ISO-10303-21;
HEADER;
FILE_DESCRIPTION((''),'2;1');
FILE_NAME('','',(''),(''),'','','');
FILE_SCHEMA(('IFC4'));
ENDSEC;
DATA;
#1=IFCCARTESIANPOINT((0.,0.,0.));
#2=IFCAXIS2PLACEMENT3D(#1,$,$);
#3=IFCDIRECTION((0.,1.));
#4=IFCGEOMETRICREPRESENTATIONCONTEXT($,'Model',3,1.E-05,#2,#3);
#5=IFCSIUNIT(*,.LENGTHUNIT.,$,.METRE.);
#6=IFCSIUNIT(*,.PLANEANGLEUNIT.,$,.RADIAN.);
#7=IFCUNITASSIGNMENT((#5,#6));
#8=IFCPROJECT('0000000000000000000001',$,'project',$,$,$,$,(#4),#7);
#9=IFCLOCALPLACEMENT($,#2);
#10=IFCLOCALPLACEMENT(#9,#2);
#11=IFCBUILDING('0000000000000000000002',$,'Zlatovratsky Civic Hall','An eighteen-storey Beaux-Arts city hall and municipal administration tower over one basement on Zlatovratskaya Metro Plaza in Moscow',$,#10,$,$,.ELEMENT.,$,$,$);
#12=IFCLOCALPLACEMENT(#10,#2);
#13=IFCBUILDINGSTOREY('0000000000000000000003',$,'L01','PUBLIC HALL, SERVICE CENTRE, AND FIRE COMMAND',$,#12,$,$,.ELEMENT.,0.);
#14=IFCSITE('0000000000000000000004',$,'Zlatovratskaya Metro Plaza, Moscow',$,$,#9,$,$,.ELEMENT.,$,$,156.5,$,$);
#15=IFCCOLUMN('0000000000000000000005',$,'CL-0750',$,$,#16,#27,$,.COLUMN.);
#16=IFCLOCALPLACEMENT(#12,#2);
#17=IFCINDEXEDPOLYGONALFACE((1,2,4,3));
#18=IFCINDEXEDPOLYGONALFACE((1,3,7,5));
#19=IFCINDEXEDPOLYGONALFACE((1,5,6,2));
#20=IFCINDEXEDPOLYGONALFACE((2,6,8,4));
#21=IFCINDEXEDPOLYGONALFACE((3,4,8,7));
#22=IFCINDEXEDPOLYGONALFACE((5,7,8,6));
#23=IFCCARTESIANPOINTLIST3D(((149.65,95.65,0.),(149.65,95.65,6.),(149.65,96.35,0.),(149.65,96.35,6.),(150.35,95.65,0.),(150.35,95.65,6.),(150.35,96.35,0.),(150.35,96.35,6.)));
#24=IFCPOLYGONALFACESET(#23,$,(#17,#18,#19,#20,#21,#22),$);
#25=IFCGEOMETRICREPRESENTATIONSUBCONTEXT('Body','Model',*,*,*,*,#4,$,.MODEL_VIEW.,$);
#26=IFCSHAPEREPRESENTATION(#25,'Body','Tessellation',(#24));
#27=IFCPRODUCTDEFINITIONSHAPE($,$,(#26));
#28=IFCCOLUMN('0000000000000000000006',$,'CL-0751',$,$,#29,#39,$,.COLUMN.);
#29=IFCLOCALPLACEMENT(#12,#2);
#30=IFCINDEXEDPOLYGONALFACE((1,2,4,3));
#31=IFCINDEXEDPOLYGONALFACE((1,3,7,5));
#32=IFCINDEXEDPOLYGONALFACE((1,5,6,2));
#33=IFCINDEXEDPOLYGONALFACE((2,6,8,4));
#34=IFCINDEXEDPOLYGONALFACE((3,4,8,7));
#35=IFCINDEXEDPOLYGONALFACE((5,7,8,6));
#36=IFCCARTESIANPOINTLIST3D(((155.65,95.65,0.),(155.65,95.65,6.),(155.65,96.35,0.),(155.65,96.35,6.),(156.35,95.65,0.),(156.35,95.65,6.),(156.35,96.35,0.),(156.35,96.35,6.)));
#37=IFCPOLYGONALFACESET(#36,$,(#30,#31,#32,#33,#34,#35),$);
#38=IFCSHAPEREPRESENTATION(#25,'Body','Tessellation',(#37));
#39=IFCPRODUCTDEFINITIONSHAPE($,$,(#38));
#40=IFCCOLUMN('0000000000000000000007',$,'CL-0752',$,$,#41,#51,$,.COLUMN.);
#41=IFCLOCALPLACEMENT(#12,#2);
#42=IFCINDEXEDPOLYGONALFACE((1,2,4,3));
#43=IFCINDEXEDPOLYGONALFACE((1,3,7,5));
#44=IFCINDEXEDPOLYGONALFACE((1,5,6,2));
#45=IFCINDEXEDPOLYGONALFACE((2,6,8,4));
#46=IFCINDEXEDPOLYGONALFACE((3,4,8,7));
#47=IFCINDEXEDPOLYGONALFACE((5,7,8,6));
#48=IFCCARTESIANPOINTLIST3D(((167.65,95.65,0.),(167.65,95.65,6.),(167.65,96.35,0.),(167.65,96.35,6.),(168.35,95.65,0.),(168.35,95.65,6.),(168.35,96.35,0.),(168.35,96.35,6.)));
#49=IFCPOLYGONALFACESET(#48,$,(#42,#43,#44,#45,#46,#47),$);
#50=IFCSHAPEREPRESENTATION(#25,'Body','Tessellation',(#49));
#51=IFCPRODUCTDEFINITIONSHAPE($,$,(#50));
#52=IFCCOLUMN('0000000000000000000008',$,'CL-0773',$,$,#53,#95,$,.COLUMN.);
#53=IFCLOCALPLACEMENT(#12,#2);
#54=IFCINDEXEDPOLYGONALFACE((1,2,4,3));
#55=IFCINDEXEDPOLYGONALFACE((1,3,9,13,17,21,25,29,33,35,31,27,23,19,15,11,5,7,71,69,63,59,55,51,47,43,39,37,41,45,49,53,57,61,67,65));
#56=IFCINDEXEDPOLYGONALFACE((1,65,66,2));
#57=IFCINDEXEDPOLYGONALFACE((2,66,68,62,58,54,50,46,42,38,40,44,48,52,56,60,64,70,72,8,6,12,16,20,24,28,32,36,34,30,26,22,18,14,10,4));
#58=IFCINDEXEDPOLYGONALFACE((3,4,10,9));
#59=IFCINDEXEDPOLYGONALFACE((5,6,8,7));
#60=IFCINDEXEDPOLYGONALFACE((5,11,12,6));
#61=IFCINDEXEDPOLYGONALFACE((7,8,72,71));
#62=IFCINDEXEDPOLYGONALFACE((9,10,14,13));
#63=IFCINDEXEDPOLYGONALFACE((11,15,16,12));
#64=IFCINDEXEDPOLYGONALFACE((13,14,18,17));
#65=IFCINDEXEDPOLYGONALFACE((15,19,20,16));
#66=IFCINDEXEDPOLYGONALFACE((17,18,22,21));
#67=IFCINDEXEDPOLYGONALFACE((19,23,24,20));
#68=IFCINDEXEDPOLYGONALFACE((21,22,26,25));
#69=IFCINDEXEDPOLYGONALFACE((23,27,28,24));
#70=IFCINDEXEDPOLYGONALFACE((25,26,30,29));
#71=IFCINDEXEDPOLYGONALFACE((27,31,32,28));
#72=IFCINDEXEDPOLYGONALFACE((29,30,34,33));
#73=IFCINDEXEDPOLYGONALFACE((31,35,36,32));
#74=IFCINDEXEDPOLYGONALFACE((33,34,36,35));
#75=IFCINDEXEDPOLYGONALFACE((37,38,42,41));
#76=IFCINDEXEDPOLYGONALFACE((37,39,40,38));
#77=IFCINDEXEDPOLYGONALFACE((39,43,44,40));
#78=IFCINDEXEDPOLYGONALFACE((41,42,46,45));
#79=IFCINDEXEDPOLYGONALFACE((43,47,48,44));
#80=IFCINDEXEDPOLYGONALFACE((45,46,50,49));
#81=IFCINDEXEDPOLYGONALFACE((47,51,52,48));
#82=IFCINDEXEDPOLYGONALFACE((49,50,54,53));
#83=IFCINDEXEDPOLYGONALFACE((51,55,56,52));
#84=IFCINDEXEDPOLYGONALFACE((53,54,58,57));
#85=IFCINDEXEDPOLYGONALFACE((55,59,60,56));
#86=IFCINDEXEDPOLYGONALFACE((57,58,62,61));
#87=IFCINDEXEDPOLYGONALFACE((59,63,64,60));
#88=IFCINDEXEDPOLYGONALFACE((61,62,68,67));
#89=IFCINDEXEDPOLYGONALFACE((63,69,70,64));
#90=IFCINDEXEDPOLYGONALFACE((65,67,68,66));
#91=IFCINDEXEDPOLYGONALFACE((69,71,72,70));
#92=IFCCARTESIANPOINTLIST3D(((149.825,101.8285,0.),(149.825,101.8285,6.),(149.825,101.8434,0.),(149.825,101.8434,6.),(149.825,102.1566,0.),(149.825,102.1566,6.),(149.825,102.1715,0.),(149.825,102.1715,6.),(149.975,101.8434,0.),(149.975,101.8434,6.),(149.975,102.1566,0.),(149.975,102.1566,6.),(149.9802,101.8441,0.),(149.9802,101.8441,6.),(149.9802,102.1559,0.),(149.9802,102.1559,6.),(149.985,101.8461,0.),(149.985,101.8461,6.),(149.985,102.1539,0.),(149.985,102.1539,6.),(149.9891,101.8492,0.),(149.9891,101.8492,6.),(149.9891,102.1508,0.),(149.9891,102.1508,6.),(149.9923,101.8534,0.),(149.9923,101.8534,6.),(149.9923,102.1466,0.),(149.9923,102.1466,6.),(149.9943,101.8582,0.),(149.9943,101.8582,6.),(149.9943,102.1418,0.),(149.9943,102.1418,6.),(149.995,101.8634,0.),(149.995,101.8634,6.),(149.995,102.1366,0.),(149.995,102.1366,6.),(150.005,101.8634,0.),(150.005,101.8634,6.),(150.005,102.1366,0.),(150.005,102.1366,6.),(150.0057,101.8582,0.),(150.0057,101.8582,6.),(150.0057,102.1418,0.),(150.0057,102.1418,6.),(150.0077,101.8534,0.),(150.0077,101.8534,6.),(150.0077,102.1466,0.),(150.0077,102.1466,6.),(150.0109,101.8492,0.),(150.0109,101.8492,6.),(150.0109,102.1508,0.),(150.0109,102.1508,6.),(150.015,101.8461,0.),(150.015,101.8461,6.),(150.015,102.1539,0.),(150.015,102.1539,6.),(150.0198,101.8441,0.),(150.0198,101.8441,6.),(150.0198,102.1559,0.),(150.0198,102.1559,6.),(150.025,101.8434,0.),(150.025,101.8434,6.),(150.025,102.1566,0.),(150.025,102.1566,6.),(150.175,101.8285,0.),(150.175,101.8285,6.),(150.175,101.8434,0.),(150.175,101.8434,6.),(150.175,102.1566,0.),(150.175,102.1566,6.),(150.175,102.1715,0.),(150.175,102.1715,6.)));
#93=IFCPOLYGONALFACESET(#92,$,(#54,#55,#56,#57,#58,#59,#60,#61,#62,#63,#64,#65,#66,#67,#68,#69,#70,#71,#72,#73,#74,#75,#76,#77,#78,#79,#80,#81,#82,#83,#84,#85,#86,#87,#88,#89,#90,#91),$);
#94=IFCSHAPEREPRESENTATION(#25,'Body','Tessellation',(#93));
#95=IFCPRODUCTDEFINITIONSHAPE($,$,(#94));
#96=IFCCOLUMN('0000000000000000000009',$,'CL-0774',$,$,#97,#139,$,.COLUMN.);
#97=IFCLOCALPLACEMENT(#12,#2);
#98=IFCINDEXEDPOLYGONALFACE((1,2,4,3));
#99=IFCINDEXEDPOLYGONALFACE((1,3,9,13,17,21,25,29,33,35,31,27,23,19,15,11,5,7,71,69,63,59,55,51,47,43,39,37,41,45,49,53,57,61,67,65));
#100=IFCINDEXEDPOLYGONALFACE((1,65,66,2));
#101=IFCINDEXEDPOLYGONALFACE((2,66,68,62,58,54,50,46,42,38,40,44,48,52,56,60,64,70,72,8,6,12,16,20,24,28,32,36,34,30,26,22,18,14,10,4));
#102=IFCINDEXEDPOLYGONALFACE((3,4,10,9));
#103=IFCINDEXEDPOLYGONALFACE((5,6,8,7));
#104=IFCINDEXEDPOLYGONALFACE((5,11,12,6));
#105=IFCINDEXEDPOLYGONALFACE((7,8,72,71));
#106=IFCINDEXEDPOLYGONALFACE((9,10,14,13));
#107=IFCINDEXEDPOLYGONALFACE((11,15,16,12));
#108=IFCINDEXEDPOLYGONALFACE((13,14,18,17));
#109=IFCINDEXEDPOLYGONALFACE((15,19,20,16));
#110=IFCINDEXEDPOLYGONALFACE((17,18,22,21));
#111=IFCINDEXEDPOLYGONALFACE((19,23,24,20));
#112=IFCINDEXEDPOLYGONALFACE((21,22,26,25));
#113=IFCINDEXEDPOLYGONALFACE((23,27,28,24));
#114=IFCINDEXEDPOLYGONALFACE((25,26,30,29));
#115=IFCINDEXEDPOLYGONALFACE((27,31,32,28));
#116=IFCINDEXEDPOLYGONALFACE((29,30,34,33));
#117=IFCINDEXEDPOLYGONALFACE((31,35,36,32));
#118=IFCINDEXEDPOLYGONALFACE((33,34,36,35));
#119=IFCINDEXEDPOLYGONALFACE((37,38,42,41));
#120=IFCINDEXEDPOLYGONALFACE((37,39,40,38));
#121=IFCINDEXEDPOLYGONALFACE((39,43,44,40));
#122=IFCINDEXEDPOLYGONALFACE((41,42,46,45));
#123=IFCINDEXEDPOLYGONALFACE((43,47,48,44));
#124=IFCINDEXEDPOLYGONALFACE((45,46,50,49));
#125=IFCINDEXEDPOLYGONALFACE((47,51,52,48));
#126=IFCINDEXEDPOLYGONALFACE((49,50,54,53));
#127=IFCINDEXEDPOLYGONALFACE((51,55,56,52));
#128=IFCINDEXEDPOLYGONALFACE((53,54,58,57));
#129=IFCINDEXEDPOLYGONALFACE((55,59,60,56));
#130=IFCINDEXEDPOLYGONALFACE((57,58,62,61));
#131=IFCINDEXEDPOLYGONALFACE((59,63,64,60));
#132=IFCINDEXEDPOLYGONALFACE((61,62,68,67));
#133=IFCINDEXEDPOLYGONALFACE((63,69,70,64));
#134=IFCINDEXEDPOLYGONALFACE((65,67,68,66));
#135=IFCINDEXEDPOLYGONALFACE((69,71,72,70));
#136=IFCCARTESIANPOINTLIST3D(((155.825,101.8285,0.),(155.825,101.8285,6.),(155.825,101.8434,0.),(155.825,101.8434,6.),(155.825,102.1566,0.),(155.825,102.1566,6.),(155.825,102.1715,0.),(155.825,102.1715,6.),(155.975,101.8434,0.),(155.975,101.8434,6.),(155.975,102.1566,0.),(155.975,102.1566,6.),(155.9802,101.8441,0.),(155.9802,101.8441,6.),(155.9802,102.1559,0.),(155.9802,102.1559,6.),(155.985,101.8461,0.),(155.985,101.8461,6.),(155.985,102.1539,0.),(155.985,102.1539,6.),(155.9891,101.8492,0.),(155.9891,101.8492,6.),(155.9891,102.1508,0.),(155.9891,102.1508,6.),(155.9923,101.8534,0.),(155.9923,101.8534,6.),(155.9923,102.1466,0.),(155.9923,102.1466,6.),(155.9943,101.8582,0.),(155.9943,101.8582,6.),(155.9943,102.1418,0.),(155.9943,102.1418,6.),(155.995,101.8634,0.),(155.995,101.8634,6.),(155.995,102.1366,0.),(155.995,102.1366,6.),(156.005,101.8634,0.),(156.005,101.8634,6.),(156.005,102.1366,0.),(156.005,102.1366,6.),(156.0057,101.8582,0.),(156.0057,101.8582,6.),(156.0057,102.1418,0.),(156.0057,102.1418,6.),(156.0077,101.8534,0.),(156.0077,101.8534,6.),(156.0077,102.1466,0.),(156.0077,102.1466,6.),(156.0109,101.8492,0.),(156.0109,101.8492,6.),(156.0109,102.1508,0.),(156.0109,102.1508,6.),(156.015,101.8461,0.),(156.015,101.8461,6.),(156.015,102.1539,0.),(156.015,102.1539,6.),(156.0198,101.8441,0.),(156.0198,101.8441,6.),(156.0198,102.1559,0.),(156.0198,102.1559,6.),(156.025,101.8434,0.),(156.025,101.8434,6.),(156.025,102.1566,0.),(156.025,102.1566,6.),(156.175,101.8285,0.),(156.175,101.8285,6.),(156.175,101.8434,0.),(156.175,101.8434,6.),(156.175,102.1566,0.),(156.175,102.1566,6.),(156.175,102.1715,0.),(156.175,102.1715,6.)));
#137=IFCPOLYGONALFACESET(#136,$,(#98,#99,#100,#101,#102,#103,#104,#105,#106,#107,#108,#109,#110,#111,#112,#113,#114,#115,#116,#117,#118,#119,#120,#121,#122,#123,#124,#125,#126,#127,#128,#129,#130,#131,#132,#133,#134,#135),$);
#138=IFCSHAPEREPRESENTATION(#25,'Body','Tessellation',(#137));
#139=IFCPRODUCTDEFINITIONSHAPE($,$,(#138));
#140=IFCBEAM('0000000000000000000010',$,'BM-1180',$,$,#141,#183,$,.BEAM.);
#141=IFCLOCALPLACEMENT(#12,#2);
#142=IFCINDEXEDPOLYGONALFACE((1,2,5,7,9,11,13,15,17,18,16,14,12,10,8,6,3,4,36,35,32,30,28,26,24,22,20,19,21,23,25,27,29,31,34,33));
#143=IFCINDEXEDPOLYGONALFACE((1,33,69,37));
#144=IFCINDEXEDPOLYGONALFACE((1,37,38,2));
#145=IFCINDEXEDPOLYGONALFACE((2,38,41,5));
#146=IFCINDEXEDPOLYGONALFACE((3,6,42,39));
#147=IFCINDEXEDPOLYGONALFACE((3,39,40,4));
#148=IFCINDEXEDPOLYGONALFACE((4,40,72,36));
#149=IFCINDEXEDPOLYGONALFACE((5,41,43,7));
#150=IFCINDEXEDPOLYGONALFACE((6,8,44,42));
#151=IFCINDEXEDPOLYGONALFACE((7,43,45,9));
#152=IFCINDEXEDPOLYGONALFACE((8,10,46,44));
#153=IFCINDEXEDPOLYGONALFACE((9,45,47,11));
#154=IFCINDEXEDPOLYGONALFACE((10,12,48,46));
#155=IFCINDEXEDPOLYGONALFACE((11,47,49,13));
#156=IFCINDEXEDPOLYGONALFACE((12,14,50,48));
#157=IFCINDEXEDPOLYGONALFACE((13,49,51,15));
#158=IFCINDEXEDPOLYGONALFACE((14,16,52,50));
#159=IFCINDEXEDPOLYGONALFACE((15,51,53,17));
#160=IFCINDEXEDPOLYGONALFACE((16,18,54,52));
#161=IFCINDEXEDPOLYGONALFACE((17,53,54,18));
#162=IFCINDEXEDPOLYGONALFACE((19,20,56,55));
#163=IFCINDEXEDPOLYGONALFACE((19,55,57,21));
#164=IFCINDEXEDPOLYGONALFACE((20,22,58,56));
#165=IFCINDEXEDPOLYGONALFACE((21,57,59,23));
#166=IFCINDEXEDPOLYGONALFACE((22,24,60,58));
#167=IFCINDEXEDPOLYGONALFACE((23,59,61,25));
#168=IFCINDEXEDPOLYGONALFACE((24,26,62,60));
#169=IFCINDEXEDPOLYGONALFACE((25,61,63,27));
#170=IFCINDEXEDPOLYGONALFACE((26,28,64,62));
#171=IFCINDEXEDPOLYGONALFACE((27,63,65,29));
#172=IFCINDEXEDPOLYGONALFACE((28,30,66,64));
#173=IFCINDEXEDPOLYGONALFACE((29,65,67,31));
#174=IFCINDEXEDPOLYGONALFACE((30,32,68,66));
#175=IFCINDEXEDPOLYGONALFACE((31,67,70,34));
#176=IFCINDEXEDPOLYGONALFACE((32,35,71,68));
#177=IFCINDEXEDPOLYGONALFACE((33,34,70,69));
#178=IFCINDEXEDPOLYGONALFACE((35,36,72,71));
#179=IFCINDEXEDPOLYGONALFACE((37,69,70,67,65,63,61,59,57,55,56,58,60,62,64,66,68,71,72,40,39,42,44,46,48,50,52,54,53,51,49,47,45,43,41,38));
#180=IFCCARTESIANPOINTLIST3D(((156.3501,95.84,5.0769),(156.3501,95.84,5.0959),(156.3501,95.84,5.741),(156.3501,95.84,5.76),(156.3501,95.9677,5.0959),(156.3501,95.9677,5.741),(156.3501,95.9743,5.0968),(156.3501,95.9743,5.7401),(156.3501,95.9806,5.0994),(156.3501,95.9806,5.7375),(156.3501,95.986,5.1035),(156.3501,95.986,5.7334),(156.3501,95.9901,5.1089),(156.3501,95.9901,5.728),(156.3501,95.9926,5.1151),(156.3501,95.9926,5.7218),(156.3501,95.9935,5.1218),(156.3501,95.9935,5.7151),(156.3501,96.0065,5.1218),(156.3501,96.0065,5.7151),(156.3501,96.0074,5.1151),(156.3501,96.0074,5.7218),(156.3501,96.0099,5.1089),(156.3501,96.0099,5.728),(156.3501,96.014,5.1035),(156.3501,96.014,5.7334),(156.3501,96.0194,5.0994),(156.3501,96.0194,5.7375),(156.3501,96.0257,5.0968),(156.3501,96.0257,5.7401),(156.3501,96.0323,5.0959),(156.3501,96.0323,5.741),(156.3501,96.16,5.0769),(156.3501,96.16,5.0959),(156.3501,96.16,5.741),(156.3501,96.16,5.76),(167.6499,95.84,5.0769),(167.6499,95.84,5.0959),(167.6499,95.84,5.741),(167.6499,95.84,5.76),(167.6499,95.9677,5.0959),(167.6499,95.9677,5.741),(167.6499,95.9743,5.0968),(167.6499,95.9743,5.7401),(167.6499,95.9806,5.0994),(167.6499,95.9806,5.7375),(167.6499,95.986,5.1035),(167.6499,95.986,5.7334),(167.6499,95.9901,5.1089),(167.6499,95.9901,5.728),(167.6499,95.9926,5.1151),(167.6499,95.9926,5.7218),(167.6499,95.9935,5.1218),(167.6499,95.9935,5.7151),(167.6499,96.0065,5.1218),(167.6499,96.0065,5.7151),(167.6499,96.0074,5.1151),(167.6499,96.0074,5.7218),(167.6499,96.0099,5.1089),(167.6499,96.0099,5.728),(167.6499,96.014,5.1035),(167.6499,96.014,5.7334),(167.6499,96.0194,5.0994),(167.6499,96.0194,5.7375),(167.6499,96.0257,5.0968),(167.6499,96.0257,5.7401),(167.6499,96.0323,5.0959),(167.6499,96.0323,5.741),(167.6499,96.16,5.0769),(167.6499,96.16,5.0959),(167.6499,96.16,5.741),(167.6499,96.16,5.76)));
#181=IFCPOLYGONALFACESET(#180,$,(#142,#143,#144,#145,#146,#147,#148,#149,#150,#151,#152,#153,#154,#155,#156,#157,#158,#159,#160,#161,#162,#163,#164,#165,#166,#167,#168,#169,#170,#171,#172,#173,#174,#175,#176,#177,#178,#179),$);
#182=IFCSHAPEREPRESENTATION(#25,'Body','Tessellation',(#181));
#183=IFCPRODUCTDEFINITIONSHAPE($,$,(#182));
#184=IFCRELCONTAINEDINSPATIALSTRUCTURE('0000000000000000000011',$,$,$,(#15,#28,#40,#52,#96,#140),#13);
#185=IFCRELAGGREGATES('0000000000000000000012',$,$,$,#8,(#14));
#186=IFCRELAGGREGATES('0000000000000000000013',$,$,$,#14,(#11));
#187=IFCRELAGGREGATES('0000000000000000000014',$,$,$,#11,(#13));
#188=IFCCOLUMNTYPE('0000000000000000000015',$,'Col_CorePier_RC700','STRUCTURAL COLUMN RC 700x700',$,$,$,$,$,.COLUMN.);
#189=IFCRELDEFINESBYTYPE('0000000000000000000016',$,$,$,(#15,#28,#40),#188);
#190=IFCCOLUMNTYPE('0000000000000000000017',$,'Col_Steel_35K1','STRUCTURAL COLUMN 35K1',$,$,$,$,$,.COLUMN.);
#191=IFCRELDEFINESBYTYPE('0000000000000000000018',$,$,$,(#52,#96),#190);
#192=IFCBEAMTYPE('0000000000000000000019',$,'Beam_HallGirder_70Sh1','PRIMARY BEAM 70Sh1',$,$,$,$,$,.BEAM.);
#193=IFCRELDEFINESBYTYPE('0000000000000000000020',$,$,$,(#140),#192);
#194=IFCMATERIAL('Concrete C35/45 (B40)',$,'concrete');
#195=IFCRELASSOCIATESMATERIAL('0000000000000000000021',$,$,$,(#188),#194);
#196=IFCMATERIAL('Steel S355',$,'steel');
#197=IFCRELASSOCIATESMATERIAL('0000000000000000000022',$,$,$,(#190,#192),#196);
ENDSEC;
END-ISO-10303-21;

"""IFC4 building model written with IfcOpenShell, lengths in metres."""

from ifc_helpers import new_model, si_unit, direction, frame, origin, origin_2d, place, context, subcontext, project, spatial, rectangle, i_section, extrude, material, material_profile, profile_set, type_object, element, save


model = new_model("IFC4")

# Units and contexts
model_context = context("Model", 3, precision=1e-05, world=origin(), true_north=direction((0.0, 1.0)))
body_context = subcontext(model_context, "Body", "Model", "MODEL_VIEW")
ifc_project = project(units=[si_unit("LENGTHUNIT", "METRE"), si_unit("PLANEANGLEUNIT", "RADIAN")], contexts=[model_context])

# Site, building, storey
site_placement = place(None, origin())
site = spatial("IfcSite", under=ifc_project, at=site_placement, Name="Zlatovratskaya Metro Plaza, Moscow", CompositionType="ELEMENT", RefElevation=156.5)
building_placement = place(site_placement, origin())
building = spatial("IfcBuilding", under=site, at=building_placement, Name="Zlatovratsky Civic Hall", Description="An eighteen-storey Beaux-Arts city hall and municipal administration tower over one basement on Zlatovratskaya Metro Plaza in Moscow", CompositionType="ELEMENT")
storey_placement = place(building_placement, origin())
storey = spatial("IfcBuildingStorey", under=building, at=storey_placement, Name="L01", Description="PUBLIC HALL, SERVICE CENTRE, AND FIRE COMMAND", CompositionType="ELEMENT", Elevation=0.0)

# Columns
ifc_material_1 = material(Name="Concrete C35/45 (B40)", Category="concrete")
ifc_material_profile_1 = material_profile(ifc_material_1, rectangle(XDim=0.7, YDim=0.7, at=origin_2d()), Name="RC 700x700")
ifc_profile_set_1 = profile_set([ifc_material_profile_1], Name="Concrete C35/45 (B40)")
column_type_1 = type_object("IfcColumnType", Name="Col_CorePier_RC700", Description="STRUCTURAL COLUMN RC 700x700", PredefinedType="COLUMN", material=ifc_profile_set_1)
for number, where, z_axis, x_axis, name in (
    (1, (150.0, 96.0, 0.0), (0.0, 0.0, 1.0), (1.0, 0.0, 0.0), "CL-0750"),
    (2, (156.0, 96.0, 0.0), (0.0, 0.0, 1.0), (1.0, 0.0, 0.0), "CL-0751"),
    (3, (168.0, 96.0, 0.0), (0.0, 0.0, 1.0), (1.0, 0.0, 0.0), "CL-0752"),
):
    element("IfcColumn", number, at=place(storey_placement, frame(where, z_axis=z_axis, x_axis=x_axis)), inside=storey, type_object=column_type_1, Name=name, PredefinedType="COLUMN", context=body_context, shape_type="SweptSolid", body=[
        extrude(rectangle(XDim=0.7, YDim=0.7, at=origin_2d()), origin(), (0.0, 0.0, 1.0), 6.0),
    ])
ifc_material_2 = material(Name="Steel S355", Category="steel")
ifc_material_profile_2 = material_profile(ifc_material_2, i_section(OverallWidth=0.3501, OverallDepth=0.343, WebThickness=0.01, FlangeThickness=0.0149, FilletRadius=0.02, at=origin_2d()), Name="35K1")
ifc_profile_set_2 = profile_set([ifc_material_profile_2], Name="Steel S355")
column_type_2 = type_object("IfcColumnType", Name="Col_Steel_35K1", Description="STRUCTURAL COLUMN 35K1", PredefinedType="COLUMN", material=ifc_profile_set_2)
for number, where, z_axis, x_axis, name in (
    (4, (150.0, 102.0, 0.0), (0.0, 0.0, 1.0), (1.0, 0.0, 0.0), "CL-0773"),
    (5, (156.0, 102.0, 0.0), (0.0, 0.0, 1.0), (1.0, 0.0, 0.0), "CL-0774"),
):
    element("IfcColumn", number, at=place(storey_placement, frame(where, z_axis=z_axis, x_axis=x_axis)), inside=storey, type_object=column_type_2, Name=name, PredefinedType="COLUMN", context=body_context, shape_type="SweptSolid", body=[
        extrude(i_section(OverallWidth=0.3501, OverallDepth=0.343, WebThickness=0.01, FlangeThickness=0.0149, FilletRadius=0.02, at=origin_2d()), origin(), (0.0, 0.0, 1.0), 6.0),
    ])

# Beam
ifc_material_profile_3 = material_profile(ifc_material_2, i_section(OverallWidth=0.3201, OverallDepth=0.6831, WebThickness=0.0129, FlangeThickness=0.019, FilletRadius=0.0259, at=origin_2d()), Name="70Sh1")
ifc_profile_set_3 = profile_set([ifc_material_profile_3], Name="Steel S355")
beam_type_1 = type_object("IfcBeamType", Name="Beam_HallGirder_70Sh1", Description="PRIMARY BEAM 70Sh1", PredefinedType="BEAM", material=ifc_profile_set_3)
beam_1_placement = place(storey_placement, frame((156.3501, 96.0, 5.4185), z_axis=(1.0, 0.0, 0.0), x_axis=(0.0, 1.0, 0.0)))
element("IfcBeam", 6, at=beam_1_placement, inside=storey, type_object=beam_type_1, Name="BM-1180", PredefinedType="BEAM", context=body_context, shape_type="SweptSolid", body=[
    extrude(i_section(OverallWidth=0.3201, OverallDepth=0.6831, WebThickness=0.0129, FlangeThickness=0.019, FilletRadius=0.0259, at=origin_2d()), origin(), (0.0, 0.0, 1.0), 11.2998),
])

save(model, "model.ifc")
